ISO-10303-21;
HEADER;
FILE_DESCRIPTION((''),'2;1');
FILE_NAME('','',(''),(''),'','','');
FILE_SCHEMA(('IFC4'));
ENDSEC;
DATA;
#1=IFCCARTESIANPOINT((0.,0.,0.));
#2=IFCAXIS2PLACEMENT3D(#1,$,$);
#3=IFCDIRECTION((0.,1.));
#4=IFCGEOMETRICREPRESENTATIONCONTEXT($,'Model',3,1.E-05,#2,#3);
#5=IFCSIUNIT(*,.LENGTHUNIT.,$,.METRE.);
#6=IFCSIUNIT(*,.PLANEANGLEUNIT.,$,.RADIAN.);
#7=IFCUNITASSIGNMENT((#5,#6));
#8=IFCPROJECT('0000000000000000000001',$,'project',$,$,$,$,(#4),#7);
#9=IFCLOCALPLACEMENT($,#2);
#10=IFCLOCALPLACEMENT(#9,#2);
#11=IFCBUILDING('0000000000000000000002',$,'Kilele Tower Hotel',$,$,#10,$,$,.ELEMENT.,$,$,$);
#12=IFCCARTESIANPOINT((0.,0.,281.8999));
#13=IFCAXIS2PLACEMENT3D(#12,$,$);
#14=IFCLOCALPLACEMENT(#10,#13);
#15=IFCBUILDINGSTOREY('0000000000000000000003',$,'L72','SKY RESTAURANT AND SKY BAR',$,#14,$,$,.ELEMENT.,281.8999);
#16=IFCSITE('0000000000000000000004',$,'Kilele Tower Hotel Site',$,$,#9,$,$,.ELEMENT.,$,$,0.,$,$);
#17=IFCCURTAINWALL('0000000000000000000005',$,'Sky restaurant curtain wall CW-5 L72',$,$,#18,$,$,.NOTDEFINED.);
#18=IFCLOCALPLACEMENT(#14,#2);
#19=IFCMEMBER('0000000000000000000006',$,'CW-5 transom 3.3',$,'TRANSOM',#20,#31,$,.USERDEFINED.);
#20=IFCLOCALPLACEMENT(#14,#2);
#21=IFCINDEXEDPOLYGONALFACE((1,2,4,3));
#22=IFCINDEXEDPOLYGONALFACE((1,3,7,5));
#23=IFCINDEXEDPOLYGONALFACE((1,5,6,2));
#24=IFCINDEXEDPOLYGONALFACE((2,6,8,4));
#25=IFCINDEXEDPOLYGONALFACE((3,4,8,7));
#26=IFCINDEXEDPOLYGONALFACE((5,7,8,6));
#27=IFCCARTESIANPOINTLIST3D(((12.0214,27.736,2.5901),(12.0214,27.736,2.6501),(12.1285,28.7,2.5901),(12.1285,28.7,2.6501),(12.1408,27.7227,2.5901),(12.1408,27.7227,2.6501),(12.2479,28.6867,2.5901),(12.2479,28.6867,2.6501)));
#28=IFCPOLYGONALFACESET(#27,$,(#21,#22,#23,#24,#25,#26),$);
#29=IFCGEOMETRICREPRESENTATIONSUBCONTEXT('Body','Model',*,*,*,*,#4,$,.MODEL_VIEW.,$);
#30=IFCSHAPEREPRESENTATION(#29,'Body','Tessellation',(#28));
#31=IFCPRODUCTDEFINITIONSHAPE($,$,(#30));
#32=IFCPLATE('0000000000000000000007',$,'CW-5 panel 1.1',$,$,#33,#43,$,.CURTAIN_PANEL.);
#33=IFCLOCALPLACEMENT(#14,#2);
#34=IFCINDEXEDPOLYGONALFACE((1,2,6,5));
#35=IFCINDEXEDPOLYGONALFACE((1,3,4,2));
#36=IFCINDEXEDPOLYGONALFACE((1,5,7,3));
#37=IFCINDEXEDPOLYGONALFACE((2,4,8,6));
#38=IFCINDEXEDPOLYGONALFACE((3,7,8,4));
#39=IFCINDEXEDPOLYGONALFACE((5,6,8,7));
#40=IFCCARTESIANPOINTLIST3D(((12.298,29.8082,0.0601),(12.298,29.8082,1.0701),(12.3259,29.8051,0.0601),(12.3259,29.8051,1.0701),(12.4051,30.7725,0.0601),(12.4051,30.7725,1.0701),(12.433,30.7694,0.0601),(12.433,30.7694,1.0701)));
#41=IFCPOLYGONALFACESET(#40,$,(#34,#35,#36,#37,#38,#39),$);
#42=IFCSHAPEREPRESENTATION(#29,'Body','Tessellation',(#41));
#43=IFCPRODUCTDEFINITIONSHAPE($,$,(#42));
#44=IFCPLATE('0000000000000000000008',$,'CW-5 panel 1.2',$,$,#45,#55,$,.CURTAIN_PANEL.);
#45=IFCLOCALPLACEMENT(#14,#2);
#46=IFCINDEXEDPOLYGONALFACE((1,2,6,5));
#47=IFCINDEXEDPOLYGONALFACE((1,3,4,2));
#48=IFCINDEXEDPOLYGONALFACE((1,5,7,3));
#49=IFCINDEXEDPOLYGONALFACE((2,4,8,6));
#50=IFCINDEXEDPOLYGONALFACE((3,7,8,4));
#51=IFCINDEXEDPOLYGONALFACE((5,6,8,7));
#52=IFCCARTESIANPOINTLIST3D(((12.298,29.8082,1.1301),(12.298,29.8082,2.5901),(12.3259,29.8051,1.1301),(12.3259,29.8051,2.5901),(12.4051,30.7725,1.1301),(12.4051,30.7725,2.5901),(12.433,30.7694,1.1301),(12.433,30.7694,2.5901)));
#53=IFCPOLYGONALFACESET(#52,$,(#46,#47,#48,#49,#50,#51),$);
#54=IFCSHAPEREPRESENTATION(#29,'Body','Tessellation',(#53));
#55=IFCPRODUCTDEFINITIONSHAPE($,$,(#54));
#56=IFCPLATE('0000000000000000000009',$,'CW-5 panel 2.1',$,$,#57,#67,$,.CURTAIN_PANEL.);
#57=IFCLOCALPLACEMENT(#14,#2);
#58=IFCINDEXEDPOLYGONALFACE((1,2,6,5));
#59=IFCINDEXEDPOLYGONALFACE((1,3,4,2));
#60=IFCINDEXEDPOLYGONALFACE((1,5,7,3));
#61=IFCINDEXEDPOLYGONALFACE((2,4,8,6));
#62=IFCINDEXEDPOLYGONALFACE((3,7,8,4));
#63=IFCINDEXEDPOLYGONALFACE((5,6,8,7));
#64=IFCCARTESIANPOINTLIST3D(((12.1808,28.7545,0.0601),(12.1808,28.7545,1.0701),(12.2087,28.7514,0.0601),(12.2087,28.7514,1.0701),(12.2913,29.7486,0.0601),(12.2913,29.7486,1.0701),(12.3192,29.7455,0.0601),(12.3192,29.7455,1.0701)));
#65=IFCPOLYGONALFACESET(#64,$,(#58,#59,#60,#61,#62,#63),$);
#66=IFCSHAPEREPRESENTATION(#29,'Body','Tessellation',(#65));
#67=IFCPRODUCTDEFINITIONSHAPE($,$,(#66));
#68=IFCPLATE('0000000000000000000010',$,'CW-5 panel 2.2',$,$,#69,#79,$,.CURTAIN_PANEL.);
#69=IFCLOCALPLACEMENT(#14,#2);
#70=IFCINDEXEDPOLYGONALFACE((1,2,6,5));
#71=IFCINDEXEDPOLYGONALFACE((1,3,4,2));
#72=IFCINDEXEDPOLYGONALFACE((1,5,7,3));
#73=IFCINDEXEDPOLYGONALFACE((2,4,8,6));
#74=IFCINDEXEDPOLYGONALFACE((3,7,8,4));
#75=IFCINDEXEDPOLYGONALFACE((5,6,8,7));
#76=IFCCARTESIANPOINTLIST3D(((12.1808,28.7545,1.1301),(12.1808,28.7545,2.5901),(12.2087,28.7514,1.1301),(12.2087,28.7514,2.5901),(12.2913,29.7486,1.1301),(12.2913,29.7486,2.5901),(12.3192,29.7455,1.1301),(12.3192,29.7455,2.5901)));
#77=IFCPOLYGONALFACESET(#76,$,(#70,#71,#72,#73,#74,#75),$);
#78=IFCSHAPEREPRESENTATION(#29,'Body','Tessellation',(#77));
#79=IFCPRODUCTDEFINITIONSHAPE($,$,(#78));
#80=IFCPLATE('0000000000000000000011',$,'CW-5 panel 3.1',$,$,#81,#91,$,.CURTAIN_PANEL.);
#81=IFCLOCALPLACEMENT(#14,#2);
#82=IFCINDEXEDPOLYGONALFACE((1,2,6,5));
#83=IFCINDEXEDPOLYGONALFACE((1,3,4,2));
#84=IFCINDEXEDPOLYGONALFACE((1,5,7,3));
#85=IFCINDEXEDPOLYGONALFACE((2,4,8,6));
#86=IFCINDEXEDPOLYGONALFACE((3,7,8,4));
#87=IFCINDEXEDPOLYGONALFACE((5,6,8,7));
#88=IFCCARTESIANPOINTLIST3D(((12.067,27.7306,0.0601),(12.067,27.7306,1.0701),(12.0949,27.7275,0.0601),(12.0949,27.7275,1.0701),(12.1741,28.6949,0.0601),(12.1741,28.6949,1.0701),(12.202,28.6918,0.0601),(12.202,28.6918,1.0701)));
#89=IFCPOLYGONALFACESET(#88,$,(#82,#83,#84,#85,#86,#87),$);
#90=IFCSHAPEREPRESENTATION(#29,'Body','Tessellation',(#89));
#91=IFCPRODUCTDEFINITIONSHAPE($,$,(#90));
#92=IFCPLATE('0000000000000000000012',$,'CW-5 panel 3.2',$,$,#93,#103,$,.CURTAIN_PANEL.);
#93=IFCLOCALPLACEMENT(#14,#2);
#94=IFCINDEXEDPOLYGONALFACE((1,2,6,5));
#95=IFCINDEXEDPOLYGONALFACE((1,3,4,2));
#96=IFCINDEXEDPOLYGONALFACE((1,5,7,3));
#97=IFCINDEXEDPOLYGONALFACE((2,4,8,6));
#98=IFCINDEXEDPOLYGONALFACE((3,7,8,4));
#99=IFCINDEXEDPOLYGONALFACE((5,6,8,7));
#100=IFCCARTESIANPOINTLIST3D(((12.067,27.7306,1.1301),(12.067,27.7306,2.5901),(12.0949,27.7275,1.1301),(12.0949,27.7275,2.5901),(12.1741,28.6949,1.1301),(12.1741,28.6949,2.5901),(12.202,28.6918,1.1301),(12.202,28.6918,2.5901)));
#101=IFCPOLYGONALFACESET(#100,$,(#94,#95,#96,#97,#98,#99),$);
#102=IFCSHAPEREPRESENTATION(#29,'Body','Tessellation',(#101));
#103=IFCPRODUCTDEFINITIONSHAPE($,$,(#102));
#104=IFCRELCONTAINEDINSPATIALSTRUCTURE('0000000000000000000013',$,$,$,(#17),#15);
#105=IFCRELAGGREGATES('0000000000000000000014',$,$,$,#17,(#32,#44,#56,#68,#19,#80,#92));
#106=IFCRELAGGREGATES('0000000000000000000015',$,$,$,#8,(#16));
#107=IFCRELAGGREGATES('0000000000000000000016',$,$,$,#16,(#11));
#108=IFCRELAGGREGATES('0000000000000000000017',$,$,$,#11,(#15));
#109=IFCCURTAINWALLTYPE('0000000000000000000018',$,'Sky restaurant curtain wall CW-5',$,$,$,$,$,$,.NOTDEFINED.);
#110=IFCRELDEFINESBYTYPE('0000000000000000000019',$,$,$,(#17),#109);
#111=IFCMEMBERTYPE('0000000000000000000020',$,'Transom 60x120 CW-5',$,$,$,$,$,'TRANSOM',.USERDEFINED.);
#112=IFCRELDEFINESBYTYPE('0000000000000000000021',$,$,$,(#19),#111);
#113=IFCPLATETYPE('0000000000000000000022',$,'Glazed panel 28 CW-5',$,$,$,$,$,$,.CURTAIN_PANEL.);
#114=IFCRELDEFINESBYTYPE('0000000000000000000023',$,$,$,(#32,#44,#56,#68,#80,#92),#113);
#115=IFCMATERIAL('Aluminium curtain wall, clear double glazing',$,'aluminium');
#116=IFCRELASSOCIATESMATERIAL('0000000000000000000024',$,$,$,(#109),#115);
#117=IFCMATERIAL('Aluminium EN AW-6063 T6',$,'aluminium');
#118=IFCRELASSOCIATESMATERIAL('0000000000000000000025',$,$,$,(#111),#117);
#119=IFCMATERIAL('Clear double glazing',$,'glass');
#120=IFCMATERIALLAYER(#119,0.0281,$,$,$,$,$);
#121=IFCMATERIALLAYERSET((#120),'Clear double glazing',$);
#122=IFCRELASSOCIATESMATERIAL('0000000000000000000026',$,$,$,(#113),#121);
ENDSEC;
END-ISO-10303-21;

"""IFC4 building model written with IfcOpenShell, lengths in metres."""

from ifc_helpers import new_model, si_unit, direction, frame, origin, origin_2d, place, context, subcontext, project, spatial, rectangle, extrude, material, layer, layer_set, material_profile, profile_set, type_object, element, aggregate, save


model = new_model("IFC4")

# Units and contexts
model_context = context("Model", 3, precision=1e-05, world=origin(), true_north=direction((0.0, 1.0)))
body_context = subcontext(model_context, "Body", "Model", "MODEL_VIEW")
ifc_project = project(units=[si_unit("LENGTHUNIT", "METRE"), si_unit("PLANEANGLEUNIT", "RADIAN")], contexts=[model_context])

# Site, building, storey
site_placement = place(None, origin())
site = spatial("IfcSite", under=ifc_project, at=site_placement, Name="Kilele Tower Hotel Site", CompositionType="ELEMENT", RefElevation=0.0)
building_placement = place(site_placement, origin())
building = spatial("IfcBuilding", under=site, at=building_placement, Name="Kilele Tower Hotel", CompositionType="ELEMENT")
storey_placement = place(building_placement, frame((0.0, 0.0, 281.8999)))
storey = spatial("IfcBuildingStorey", under=building, at=storey_placement, Name="L72", Description="SKY RESTAURANT AND SKY BAR", CompositionType="ELEMENT", Elevation=281.8999)

# Curtain wall
ifc_material_1 = material(Name="Aluminium curtain wall, clear double glazing", Category="aluminium")
curtain_wall_type = type_object("IfcCurtainWallType", Name="Sky restaurant curtain wall CW-5", PredefinedType="NOTDEFINED", material=ifc_material_1)
curtain_wall_placement = place(storey_placement, origin())
curtain_wall = element("IfcCurtainWall", 1, at=curtain_wall_placement, inside=storey, type_object=curtain_wall_type, Name="Sky restaurant curtain wall CW-5 L72", PredefinedType="NOTDEFINED")

# Member
ifc_material_2 = material(Name="Aluminium EN AW-6063 T6", Category="aluminium")
ifc_material_profile_1 = material_profile(ifc_material_2, rectangle(XDim=0.1201, YDim=0.0601, at=origin_2d()))
ifc_profile_set_1 = profile_set([ifc_material_profile_1], Name="Aluminium EN AW-6063 T6")
member_type_1 = type_object("IfcMemberType", Name="Transom 60x120 CW-5", ElementType="TRANSOM", PredefinedType="USERDEFINED", material=ifc_profile_set_1)
member_1_placement = place(storey_placement, frame((12.1882, 28.6934, 2.6201), z_axis=(-0.110487, -0.993878, 0.0), x_axis=(0.993878, -0.110487, 0.0)))
member_1 = element("IfcMember", 2, at=member_1_placement, type_object=member_type_1, Name="CW-5 transom 3.3", ObjectType="TRANSOM", PredefinedType="USERDEFINED", context=body_context, shape_type="SweptSolid", body=[
    extrude(rectangle(XDim=0.1201, YDim=0.0601, at=origin_2d()), origin(), (0.0, 0.0, 1.0), 0.97),
])

# Plates
ifc_material_3 = material(Name="Clear double glazing", Category="glass")
ifc_layer_1 = layer(ifc_material_3, 0.0281)
ifc_layer_set_1 = layer_set([ifc_layer_1], Name="Clear double glazing")
plate_type = type_object("IfcPlateType", Name="Glazed panel 28 CW-5", PredefinedType="CURTAIN_PANEL", material=ifc_layer_set_1)
plate_1_placement = place(storey_placement, frame((12.3655, 30.2888, 0.0601), z_axis=(0.0, 0.0, 1.0), x_axis=(-0.110432, -0.993884, 0.0)))
plate_1 = element("IfcPlate", 3, at=plate_1_placement, type_object=plate_type, Name="CW-5 panel 1.1", PredefinedType="CURTAIN_PANEL", context=body_context, shape_type="SweptSolid", body=[
    extrude(rectangle(XDim=0.9702, YDim=0.0281, at=origin_2d()), origin(), (0.0, 0.0, 1.0), 1.01),
])
plate_2_placement = place(storey_placement, frame((12.3655, 30.2888, 1.1301), z_axis=(0.0, 0.0, 1.0), x_axis=(-0.110432, -0.993884, 0.0)))
plate_2 = element("IfcPlate", 4, at=plate_2_placement, type_object=plate_type, Name="CW-5 panel 1.2", PredefinedType="CURTAIN_PANEL", context=body_context, shape_type="SweptSolid", body=[
    extrude(rectangle(XDim=0.9702, YDim=0.0281, at=origin_2d()), origin(), (0.0, 0.0, 1.0), 1.46),
])
plate_3_placement = place(storey_placement, frame((12.25, 29.25, 0.0601), z_axis=(0.0, 0.0, 1.0), x_axis=(-0.110432, -0.993884, 0.0)))
plate_3 = element("IfcPlate", 5, at=plate_3_placement, type_object=plate_type, Name="CW-5 panel 2.1", PredefinedType="CURTAIN_PANEL", context=body_context, shape_type="SweptSolid", body=[
    extrude(rectangle(XDim=1.0002, YDim=0.0281, at=origin_2d()), origin(), (0.0, 0.0, 1.0), 1.01),
])
plate_4_placement = place(storey_placement, frame((12.25, 29.25, 1.1301), z_axis=(0.0, 0.0, 1.0), x_axis=(-0.110432, -0.993884, 0.0)))
plate_4 = element("IfcPlate", 6, at=plate_4_placement, type_object=plate_type, Name="CW-5 panel 2.2", PredefinedType="CURTAIN_PANEL", context=body_context, shape_type="SweptSolid", body=[
    extrude(rectangle(XDim=1.0002, YDim=0.0281, at=origin_2d()), origin(), (0.0, 0.0, 1.0), 1.46),
])
plate_5_placement = place(storey_placement, frame((12.1345, 28.2112, 0.0601), z_axis=(0.0, 0.0, 1.0), x_axis=(-0.110432, -0.993884, 0.0)))
plate_5 = element("IfcPlate", 7, at=plate_5_placement, type_object=plate_type, Name="CW-5 panel 3.1", PredefinedType="CURTAIN_PANEL", context=body_context, shape_type="SweptSolid", body=[
    extrude(rectangle(XDim=0.9702, YDim=0.0281, at=origin_2d()), origin(), (0.0, 0.0, 1.0), 1.01),
])
plate_6_placement = place(storey_placement, frame((12.1345, 28.2112, 1.1301), z_axis=(0.0, 0.0, 1.0), x_axis=(-0.110432, -0.993884, 0.0)))
plate_6 = element("IfcPlate", 8, at=plate_6_placement, type_object=plate_type, Name="CW-5 panel 3.2", PredefinedType="CURTAIN_PANEL", context=body_context, shape_type="SweptSolid", body=[
    extrude(rectangle(XDim=0.9702, YDim=0.0281, at=origin_2d()), origin(), (0.0, 0.0, 1.0), 1.46),
])
aggregate(curtain_wall, [plate_1, plate_2, plate_3, plate_4, member_1, plate_5, plate_6])

save(model, "model.ifc")
